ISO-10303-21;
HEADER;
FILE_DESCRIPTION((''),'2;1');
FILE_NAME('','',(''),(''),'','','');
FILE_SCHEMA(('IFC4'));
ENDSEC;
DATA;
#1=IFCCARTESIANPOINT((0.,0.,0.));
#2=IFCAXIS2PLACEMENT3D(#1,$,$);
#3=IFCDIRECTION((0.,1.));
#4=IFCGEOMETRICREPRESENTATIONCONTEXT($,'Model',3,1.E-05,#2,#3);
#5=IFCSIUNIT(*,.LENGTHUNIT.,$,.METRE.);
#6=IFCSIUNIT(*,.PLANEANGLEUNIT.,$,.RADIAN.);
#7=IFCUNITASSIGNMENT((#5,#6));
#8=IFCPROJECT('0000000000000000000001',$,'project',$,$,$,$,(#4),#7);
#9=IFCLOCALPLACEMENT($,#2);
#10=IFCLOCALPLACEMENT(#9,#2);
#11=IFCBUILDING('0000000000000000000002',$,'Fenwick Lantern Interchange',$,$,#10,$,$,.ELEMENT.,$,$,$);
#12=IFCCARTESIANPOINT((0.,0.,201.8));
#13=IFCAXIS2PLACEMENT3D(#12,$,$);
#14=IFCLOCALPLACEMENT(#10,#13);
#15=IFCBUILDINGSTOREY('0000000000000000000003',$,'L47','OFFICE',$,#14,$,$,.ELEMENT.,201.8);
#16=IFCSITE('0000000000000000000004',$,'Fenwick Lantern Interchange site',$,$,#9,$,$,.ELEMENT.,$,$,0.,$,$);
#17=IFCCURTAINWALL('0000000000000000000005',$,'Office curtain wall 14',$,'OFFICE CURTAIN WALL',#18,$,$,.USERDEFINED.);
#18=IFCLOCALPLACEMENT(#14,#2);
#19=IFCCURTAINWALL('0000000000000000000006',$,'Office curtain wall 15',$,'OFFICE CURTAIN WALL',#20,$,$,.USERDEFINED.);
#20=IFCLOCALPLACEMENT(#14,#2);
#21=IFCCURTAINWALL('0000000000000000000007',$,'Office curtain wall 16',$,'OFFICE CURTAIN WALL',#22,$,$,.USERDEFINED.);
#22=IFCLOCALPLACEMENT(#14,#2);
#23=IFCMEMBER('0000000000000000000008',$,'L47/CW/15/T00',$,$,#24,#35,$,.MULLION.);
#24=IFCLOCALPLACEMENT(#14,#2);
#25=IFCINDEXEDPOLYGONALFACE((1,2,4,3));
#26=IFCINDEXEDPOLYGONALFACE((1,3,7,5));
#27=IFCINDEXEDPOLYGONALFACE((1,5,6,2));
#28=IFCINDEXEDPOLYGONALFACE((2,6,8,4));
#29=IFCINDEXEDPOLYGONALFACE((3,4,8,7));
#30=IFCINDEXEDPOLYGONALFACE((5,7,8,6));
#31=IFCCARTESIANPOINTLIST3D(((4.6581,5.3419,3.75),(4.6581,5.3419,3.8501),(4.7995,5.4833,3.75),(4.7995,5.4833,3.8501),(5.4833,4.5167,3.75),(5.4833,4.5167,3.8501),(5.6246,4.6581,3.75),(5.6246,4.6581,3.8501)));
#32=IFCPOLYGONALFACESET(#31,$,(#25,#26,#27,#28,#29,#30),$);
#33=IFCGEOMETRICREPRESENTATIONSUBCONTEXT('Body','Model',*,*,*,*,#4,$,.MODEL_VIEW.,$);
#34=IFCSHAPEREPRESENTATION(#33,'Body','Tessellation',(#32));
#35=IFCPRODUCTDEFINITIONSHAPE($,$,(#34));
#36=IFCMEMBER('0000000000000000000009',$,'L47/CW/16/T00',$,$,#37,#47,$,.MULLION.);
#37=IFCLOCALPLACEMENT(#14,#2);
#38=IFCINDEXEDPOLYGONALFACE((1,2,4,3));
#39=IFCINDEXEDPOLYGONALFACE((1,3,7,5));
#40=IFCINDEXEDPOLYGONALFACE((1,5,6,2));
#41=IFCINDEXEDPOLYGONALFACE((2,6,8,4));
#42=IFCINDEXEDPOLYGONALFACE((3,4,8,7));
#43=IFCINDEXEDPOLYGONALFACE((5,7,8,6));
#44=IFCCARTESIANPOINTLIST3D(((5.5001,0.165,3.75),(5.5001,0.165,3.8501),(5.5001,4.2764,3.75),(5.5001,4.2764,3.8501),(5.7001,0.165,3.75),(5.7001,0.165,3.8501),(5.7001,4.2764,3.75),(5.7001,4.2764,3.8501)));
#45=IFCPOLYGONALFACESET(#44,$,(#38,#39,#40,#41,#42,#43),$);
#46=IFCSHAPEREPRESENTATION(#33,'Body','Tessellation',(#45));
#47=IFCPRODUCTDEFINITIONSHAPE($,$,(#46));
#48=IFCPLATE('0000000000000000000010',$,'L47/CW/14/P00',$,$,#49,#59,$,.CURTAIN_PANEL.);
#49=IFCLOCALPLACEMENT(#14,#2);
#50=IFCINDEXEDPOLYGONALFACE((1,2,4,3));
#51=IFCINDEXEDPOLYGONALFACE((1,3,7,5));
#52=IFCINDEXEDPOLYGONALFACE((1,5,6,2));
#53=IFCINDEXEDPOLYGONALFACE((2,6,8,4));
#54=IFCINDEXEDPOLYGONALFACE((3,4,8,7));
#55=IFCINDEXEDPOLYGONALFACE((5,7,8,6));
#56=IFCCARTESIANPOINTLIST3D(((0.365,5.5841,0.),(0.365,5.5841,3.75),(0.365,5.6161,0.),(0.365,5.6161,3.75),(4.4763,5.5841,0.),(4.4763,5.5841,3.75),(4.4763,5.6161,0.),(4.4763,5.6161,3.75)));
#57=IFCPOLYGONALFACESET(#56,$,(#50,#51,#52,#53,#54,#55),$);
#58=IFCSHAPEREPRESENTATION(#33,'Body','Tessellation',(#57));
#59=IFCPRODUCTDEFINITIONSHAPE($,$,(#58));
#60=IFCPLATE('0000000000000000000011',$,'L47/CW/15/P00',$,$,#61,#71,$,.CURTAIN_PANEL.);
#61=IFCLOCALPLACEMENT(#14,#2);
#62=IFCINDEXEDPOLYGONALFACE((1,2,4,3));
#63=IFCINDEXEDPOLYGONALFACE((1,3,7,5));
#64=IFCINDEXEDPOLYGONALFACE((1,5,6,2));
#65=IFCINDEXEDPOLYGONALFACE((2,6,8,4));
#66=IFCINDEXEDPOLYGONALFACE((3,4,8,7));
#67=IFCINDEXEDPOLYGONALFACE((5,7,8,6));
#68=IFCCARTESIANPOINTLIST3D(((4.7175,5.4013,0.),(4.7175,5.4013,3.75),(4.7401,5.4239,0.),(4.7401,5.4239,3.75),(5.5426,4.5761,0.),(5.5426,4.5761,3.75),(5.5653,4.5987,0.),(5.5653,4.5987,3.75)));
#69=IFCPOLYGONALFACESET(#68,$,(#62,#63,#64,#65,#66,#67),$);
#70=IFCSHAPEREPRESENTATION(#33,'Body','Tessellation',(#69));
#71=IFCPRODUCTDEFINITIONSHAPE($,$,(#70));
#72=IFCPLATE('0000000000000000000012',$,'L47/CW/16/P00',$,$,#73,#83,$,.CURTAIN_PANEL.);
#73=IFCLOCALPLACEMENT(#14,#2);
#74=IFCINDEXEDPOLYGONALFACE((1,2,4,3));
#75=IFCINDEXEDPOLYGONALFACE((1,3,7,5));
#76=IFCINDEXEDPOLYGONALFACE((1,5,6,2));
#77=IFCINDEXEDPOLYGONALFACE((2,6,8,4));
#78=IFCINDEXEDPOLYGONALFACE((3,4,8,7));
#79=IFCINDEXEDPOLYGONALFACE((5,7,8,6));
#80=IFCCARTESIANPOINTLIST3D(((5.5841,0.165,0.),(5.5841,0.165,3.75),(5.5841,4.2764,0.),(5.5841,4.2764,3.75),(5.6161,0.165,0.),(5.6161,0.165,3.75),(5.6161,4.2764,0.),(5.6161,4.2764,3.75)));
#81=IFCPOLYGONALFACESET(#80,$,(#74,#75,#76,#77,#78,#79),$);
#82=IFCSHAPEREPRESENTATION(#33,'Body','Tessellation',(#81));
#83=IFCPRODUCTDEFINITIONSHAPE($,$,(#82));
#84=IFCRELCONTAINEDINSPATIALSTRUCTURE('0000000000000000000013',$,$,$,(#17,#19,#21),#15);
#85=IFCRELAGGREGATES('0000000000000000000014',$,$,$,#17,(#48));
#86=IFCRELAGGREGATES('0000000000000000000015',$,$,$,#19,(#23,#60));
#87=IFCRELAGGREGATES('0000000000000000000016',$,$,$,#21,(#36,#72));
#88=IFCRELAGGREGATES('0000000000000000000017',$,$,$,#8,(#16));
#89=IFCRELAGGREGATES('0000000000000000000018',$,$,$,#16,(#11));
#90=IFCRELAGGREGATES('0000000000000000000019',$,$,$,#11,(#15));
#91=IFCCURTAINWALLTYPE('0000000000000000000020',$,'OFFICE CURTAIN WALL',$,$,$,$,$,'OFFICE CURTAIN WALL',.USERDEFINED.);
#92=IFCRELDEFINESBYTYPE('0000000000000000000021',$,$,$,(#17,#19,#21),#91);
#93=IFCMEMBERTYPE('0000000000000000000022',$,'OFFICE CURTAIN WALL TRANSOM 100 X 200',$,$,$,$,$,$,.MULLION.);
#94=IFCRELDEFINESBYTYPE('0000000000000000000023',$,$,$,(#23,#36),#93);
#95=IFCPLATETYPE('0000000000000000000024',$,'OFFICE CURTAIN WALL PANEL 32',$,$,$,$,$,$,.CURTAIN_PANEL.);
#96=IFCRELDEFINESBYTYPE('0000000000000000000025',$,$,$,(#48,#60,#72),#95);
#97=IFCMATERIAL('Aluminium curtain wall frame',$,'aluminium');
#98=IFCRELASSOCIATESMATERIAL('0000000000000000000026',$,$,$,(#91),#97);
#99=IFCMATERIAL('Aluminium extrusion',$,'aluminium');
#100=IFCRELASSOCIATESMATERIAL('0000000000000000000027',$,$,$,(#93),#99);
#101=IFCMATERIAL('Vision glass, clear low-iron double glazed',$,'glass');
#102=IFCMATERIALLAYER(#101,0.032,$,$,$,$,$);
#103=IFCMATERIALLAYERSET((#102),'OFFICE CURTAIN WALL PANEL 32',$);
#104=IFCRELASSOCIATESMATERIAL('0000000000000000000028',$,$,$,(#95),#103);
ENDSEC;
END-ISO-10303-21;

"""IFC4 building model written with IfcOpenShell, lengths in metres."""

from ifc_helpers import new_model, si_unit, direction, frame, origin, origin_2d, place, context, subcontext, project, spatial, rectangle, extrude, material, layer, layer_set, material_profile, profile_set, type_object, element, aggregate, save


model = new_model("IFC4")

# Units and contexts
model_context = context("Model", 3, precision=1e-05, world=origin(), true_north=direction((0.0, 1.0)))
body_context = subcontext(model_context, "Body", "Model", "MODEL_VIEW")
ifc_project = project(units=[si_unit("LENGTHUNIT", "METRE"), si_unit("PLANEANGLEUNIT", "RADIAN")], contexts=[model_context])

# Site, building, storey
site_placement = place(None, origin())
site = spatial("IfcSite", under=ifc_project, at=site_placement, Name="Fenwick Lantern Interchange site", CompositionType="ELEMENT", RefElevation=0.0)
building_placement = place(site_placement, origin())
building = spatial("IfcBuilding", under=site, at=building_placement, Name="Fenwick Lantern Interchange", CompositionType="ELEMENT")
storey_placement = place(building_placement, frame((0.0, 0.0, 201.8)))
storey = spatial("IfcBuildingStorey", under=building, at=storey_placement, Name="L47", Description="OFFICE", CompositionType="ELEMENT", Elevation=201.8)

# Shared definitions
ifc_material_1 = material(Name="Aluminium curtain wall frame", Category="aluminium")
curtain_wall_type = type_object("IfcCurtainWallType", Name="OFFICE CURTAIN WALL", ElementType="OFFICE CURTAIN WALL", PredefinedType="USERDEFINED", material=ifc_material_1)
ifc_material_2 = material(Name="Aluminium extrusion", Category="aluminium")

# Curtain walls
curtain_wall_1_placement = place(storey_placement, origin())
curtain_wall_1 = element("IfcCurtainWall", 1, at=curtain_wall_1_placement, inside=storey, type_object=curtain_wall_type, Name="Office curtain wall 14", ObjectType="OFFICE CURTAIN WALL", PredefinedType="USERDEFINED")
curtain_wall_2_placement = place(storey_placement, origin())
curtain_wall_2 = element("IfcCurtainWall", 2, at=curtain_wall_2_placement, inside=storey, type_object=curtain_wall_type, Name="Office curtain wall 15", ObjectType="OFFICE CURTAIN WALL", PredefinedType="USERDEFINED")
curtain_wall_3_placement = place(storey_placement, origin())
curtain_wall_3 = element("IfcCurtainWall", 3, at=curtain_wall_3_placement, inside=storey, type_object=curtain_wall_type, Name="Office curtain wall 16", ObjectType="OFFICE CURTAIN WALL", PredefinedType="USERDEFINED")

# Members
ifc_material_profile_1 = material_profile(ifc_material_2, rectangle(XDim=0.2, YDim=0.1001, at=origin_2d()), Name="OFFICE CURTAIN WALL TRANSOM 100 X 200")
ifc_profile_set_1 = profile_set([ifc_material_profile_1], Name="Aluminium extrusion")
member_type_1 = type_object("IfcMemberType", Name="OFFICE CURTAIN WALL TRANSOM 100 X 200", PredefinedType="MULLION", material=ifc_profile_set_1)
member_1_placement = place(storey_placement, frame((4.7288, 5.4126, 3.8), z_axis=(0.707107, -0.707107, 0.0), x_axis=(0.707107, 0.707107, 0.0)))
member_1 = element("IfcMember", 4, at=member_1_placement, type_object=member_type_1, Name="L47/CW/15/T00", PredefinedType="MULLION", context=body_context, shape_type="SweptSolid", body=[
    extrude(rectangle(XDim=0.2, YDim=0.1001, at=origin_2d()), origin(), (0.0, 0.0, 1.0), 1.167),
])
member_2_placement = place(storey_placement, frame((5.6001, 4.2764, 3.8), z_axis=(0.0, -1.0, 0.0), x_axis=(1.0, 0.0, 0.0)))
member_2 = element("IfcMember", 5, at=member_2_placement, type_object=member_type_1, Name="L47/CW/16/T00", PredefinedType="MULLION", context=body_context, shape_type="SweptSolid", body=[
    extrude(rectangle(XDim=0.2, YDim=0.1001, at=origin_2d()), origin(), (0.0, 0.0, 1.0), 4.1113),
])

# Plates
ifc_material_3 = material(Name="Vision glass, clear low-iron double glazed", Category="glass")
ifc_layer_1 = layer(ifc_material_3, 0.032)
ifc_layer_set_1 = layer_set([ifc_layer_1], Name="OFFICE CURTAIN WALL PANEL 32")
plate_type = type_object("IfcPlateType", Name="OFFICE CURTAIN WALL PANEL 32", PredefinedType="CURTAIN_PANEL", material=ifc_layer_set_1)
plate_1_placement = place(storey_placement, frame((2.4207, 5.6001, 0.0), z_axis=(0.0, 0.0, 1.0), x_axis=(1.0, 0.0, 0.0)))
plate_1 = element("IfcPlate", 6, at=plate_1_placement, type_object=plate_type, Name="L47/CW/14/P00", PredefinedType="CURTAIN_PANEL", context=body_context, shape_type="SweptSolid", body=[
    extrude(rectangle(XDim=4.1113, YDim=0.032, at=origin_2d()), origin(), (0.0, 0.0, 1.0), 3.75),
])
aggregate(curtain_wall_1, [plate_1])
plate_2_placement = place(storey_placement, frame((5.1414, 5.0, 0.0), z_axis=(0.0, 0.0, 1.0), x_axis=(0.707107, -0.707107, 0.0)))
plate_2 = element("IfcPlate", 7, at=plate_2_placement, type_object=plate_type, Name="L47/CW/15/P00", PredefinedType="CURTAIN_PANEL", context=body_context, shape_type="SweptSolid", body=[
    extrude(rectangle(XDim=1.167, YDim=0.032, at=origin_2d()), origin(), (0.0, 0.0, 1.0), 3.75),
])
aggregate(curtain_wall_2, [member_1, plate_2])
plate_3_placement = place(storey_placement, frame((5.6001, 2.2207, 0.0), z_axis=(0.0, 0.0, 1.0), x_axis=(0.0, -1.0, 0.0)))
plate_3 = element("IfcPlate", 8, at=plate_3_placement, type_object=plate_type, Name="L47/CW/16/P00", PredefinedType="CURTAIN_PANEL", context=body_context, shape_type="SweptSolid", body=[
    extrude(rectangle(XDim=4.1113, YDim=0.032, at=origin_2d()), origin(), (0.0, 0.0, 1.0), 3.75),
])
aggregate(curtain_wall_3, [member_2, plate_3])

save(model, "model.ifc")
